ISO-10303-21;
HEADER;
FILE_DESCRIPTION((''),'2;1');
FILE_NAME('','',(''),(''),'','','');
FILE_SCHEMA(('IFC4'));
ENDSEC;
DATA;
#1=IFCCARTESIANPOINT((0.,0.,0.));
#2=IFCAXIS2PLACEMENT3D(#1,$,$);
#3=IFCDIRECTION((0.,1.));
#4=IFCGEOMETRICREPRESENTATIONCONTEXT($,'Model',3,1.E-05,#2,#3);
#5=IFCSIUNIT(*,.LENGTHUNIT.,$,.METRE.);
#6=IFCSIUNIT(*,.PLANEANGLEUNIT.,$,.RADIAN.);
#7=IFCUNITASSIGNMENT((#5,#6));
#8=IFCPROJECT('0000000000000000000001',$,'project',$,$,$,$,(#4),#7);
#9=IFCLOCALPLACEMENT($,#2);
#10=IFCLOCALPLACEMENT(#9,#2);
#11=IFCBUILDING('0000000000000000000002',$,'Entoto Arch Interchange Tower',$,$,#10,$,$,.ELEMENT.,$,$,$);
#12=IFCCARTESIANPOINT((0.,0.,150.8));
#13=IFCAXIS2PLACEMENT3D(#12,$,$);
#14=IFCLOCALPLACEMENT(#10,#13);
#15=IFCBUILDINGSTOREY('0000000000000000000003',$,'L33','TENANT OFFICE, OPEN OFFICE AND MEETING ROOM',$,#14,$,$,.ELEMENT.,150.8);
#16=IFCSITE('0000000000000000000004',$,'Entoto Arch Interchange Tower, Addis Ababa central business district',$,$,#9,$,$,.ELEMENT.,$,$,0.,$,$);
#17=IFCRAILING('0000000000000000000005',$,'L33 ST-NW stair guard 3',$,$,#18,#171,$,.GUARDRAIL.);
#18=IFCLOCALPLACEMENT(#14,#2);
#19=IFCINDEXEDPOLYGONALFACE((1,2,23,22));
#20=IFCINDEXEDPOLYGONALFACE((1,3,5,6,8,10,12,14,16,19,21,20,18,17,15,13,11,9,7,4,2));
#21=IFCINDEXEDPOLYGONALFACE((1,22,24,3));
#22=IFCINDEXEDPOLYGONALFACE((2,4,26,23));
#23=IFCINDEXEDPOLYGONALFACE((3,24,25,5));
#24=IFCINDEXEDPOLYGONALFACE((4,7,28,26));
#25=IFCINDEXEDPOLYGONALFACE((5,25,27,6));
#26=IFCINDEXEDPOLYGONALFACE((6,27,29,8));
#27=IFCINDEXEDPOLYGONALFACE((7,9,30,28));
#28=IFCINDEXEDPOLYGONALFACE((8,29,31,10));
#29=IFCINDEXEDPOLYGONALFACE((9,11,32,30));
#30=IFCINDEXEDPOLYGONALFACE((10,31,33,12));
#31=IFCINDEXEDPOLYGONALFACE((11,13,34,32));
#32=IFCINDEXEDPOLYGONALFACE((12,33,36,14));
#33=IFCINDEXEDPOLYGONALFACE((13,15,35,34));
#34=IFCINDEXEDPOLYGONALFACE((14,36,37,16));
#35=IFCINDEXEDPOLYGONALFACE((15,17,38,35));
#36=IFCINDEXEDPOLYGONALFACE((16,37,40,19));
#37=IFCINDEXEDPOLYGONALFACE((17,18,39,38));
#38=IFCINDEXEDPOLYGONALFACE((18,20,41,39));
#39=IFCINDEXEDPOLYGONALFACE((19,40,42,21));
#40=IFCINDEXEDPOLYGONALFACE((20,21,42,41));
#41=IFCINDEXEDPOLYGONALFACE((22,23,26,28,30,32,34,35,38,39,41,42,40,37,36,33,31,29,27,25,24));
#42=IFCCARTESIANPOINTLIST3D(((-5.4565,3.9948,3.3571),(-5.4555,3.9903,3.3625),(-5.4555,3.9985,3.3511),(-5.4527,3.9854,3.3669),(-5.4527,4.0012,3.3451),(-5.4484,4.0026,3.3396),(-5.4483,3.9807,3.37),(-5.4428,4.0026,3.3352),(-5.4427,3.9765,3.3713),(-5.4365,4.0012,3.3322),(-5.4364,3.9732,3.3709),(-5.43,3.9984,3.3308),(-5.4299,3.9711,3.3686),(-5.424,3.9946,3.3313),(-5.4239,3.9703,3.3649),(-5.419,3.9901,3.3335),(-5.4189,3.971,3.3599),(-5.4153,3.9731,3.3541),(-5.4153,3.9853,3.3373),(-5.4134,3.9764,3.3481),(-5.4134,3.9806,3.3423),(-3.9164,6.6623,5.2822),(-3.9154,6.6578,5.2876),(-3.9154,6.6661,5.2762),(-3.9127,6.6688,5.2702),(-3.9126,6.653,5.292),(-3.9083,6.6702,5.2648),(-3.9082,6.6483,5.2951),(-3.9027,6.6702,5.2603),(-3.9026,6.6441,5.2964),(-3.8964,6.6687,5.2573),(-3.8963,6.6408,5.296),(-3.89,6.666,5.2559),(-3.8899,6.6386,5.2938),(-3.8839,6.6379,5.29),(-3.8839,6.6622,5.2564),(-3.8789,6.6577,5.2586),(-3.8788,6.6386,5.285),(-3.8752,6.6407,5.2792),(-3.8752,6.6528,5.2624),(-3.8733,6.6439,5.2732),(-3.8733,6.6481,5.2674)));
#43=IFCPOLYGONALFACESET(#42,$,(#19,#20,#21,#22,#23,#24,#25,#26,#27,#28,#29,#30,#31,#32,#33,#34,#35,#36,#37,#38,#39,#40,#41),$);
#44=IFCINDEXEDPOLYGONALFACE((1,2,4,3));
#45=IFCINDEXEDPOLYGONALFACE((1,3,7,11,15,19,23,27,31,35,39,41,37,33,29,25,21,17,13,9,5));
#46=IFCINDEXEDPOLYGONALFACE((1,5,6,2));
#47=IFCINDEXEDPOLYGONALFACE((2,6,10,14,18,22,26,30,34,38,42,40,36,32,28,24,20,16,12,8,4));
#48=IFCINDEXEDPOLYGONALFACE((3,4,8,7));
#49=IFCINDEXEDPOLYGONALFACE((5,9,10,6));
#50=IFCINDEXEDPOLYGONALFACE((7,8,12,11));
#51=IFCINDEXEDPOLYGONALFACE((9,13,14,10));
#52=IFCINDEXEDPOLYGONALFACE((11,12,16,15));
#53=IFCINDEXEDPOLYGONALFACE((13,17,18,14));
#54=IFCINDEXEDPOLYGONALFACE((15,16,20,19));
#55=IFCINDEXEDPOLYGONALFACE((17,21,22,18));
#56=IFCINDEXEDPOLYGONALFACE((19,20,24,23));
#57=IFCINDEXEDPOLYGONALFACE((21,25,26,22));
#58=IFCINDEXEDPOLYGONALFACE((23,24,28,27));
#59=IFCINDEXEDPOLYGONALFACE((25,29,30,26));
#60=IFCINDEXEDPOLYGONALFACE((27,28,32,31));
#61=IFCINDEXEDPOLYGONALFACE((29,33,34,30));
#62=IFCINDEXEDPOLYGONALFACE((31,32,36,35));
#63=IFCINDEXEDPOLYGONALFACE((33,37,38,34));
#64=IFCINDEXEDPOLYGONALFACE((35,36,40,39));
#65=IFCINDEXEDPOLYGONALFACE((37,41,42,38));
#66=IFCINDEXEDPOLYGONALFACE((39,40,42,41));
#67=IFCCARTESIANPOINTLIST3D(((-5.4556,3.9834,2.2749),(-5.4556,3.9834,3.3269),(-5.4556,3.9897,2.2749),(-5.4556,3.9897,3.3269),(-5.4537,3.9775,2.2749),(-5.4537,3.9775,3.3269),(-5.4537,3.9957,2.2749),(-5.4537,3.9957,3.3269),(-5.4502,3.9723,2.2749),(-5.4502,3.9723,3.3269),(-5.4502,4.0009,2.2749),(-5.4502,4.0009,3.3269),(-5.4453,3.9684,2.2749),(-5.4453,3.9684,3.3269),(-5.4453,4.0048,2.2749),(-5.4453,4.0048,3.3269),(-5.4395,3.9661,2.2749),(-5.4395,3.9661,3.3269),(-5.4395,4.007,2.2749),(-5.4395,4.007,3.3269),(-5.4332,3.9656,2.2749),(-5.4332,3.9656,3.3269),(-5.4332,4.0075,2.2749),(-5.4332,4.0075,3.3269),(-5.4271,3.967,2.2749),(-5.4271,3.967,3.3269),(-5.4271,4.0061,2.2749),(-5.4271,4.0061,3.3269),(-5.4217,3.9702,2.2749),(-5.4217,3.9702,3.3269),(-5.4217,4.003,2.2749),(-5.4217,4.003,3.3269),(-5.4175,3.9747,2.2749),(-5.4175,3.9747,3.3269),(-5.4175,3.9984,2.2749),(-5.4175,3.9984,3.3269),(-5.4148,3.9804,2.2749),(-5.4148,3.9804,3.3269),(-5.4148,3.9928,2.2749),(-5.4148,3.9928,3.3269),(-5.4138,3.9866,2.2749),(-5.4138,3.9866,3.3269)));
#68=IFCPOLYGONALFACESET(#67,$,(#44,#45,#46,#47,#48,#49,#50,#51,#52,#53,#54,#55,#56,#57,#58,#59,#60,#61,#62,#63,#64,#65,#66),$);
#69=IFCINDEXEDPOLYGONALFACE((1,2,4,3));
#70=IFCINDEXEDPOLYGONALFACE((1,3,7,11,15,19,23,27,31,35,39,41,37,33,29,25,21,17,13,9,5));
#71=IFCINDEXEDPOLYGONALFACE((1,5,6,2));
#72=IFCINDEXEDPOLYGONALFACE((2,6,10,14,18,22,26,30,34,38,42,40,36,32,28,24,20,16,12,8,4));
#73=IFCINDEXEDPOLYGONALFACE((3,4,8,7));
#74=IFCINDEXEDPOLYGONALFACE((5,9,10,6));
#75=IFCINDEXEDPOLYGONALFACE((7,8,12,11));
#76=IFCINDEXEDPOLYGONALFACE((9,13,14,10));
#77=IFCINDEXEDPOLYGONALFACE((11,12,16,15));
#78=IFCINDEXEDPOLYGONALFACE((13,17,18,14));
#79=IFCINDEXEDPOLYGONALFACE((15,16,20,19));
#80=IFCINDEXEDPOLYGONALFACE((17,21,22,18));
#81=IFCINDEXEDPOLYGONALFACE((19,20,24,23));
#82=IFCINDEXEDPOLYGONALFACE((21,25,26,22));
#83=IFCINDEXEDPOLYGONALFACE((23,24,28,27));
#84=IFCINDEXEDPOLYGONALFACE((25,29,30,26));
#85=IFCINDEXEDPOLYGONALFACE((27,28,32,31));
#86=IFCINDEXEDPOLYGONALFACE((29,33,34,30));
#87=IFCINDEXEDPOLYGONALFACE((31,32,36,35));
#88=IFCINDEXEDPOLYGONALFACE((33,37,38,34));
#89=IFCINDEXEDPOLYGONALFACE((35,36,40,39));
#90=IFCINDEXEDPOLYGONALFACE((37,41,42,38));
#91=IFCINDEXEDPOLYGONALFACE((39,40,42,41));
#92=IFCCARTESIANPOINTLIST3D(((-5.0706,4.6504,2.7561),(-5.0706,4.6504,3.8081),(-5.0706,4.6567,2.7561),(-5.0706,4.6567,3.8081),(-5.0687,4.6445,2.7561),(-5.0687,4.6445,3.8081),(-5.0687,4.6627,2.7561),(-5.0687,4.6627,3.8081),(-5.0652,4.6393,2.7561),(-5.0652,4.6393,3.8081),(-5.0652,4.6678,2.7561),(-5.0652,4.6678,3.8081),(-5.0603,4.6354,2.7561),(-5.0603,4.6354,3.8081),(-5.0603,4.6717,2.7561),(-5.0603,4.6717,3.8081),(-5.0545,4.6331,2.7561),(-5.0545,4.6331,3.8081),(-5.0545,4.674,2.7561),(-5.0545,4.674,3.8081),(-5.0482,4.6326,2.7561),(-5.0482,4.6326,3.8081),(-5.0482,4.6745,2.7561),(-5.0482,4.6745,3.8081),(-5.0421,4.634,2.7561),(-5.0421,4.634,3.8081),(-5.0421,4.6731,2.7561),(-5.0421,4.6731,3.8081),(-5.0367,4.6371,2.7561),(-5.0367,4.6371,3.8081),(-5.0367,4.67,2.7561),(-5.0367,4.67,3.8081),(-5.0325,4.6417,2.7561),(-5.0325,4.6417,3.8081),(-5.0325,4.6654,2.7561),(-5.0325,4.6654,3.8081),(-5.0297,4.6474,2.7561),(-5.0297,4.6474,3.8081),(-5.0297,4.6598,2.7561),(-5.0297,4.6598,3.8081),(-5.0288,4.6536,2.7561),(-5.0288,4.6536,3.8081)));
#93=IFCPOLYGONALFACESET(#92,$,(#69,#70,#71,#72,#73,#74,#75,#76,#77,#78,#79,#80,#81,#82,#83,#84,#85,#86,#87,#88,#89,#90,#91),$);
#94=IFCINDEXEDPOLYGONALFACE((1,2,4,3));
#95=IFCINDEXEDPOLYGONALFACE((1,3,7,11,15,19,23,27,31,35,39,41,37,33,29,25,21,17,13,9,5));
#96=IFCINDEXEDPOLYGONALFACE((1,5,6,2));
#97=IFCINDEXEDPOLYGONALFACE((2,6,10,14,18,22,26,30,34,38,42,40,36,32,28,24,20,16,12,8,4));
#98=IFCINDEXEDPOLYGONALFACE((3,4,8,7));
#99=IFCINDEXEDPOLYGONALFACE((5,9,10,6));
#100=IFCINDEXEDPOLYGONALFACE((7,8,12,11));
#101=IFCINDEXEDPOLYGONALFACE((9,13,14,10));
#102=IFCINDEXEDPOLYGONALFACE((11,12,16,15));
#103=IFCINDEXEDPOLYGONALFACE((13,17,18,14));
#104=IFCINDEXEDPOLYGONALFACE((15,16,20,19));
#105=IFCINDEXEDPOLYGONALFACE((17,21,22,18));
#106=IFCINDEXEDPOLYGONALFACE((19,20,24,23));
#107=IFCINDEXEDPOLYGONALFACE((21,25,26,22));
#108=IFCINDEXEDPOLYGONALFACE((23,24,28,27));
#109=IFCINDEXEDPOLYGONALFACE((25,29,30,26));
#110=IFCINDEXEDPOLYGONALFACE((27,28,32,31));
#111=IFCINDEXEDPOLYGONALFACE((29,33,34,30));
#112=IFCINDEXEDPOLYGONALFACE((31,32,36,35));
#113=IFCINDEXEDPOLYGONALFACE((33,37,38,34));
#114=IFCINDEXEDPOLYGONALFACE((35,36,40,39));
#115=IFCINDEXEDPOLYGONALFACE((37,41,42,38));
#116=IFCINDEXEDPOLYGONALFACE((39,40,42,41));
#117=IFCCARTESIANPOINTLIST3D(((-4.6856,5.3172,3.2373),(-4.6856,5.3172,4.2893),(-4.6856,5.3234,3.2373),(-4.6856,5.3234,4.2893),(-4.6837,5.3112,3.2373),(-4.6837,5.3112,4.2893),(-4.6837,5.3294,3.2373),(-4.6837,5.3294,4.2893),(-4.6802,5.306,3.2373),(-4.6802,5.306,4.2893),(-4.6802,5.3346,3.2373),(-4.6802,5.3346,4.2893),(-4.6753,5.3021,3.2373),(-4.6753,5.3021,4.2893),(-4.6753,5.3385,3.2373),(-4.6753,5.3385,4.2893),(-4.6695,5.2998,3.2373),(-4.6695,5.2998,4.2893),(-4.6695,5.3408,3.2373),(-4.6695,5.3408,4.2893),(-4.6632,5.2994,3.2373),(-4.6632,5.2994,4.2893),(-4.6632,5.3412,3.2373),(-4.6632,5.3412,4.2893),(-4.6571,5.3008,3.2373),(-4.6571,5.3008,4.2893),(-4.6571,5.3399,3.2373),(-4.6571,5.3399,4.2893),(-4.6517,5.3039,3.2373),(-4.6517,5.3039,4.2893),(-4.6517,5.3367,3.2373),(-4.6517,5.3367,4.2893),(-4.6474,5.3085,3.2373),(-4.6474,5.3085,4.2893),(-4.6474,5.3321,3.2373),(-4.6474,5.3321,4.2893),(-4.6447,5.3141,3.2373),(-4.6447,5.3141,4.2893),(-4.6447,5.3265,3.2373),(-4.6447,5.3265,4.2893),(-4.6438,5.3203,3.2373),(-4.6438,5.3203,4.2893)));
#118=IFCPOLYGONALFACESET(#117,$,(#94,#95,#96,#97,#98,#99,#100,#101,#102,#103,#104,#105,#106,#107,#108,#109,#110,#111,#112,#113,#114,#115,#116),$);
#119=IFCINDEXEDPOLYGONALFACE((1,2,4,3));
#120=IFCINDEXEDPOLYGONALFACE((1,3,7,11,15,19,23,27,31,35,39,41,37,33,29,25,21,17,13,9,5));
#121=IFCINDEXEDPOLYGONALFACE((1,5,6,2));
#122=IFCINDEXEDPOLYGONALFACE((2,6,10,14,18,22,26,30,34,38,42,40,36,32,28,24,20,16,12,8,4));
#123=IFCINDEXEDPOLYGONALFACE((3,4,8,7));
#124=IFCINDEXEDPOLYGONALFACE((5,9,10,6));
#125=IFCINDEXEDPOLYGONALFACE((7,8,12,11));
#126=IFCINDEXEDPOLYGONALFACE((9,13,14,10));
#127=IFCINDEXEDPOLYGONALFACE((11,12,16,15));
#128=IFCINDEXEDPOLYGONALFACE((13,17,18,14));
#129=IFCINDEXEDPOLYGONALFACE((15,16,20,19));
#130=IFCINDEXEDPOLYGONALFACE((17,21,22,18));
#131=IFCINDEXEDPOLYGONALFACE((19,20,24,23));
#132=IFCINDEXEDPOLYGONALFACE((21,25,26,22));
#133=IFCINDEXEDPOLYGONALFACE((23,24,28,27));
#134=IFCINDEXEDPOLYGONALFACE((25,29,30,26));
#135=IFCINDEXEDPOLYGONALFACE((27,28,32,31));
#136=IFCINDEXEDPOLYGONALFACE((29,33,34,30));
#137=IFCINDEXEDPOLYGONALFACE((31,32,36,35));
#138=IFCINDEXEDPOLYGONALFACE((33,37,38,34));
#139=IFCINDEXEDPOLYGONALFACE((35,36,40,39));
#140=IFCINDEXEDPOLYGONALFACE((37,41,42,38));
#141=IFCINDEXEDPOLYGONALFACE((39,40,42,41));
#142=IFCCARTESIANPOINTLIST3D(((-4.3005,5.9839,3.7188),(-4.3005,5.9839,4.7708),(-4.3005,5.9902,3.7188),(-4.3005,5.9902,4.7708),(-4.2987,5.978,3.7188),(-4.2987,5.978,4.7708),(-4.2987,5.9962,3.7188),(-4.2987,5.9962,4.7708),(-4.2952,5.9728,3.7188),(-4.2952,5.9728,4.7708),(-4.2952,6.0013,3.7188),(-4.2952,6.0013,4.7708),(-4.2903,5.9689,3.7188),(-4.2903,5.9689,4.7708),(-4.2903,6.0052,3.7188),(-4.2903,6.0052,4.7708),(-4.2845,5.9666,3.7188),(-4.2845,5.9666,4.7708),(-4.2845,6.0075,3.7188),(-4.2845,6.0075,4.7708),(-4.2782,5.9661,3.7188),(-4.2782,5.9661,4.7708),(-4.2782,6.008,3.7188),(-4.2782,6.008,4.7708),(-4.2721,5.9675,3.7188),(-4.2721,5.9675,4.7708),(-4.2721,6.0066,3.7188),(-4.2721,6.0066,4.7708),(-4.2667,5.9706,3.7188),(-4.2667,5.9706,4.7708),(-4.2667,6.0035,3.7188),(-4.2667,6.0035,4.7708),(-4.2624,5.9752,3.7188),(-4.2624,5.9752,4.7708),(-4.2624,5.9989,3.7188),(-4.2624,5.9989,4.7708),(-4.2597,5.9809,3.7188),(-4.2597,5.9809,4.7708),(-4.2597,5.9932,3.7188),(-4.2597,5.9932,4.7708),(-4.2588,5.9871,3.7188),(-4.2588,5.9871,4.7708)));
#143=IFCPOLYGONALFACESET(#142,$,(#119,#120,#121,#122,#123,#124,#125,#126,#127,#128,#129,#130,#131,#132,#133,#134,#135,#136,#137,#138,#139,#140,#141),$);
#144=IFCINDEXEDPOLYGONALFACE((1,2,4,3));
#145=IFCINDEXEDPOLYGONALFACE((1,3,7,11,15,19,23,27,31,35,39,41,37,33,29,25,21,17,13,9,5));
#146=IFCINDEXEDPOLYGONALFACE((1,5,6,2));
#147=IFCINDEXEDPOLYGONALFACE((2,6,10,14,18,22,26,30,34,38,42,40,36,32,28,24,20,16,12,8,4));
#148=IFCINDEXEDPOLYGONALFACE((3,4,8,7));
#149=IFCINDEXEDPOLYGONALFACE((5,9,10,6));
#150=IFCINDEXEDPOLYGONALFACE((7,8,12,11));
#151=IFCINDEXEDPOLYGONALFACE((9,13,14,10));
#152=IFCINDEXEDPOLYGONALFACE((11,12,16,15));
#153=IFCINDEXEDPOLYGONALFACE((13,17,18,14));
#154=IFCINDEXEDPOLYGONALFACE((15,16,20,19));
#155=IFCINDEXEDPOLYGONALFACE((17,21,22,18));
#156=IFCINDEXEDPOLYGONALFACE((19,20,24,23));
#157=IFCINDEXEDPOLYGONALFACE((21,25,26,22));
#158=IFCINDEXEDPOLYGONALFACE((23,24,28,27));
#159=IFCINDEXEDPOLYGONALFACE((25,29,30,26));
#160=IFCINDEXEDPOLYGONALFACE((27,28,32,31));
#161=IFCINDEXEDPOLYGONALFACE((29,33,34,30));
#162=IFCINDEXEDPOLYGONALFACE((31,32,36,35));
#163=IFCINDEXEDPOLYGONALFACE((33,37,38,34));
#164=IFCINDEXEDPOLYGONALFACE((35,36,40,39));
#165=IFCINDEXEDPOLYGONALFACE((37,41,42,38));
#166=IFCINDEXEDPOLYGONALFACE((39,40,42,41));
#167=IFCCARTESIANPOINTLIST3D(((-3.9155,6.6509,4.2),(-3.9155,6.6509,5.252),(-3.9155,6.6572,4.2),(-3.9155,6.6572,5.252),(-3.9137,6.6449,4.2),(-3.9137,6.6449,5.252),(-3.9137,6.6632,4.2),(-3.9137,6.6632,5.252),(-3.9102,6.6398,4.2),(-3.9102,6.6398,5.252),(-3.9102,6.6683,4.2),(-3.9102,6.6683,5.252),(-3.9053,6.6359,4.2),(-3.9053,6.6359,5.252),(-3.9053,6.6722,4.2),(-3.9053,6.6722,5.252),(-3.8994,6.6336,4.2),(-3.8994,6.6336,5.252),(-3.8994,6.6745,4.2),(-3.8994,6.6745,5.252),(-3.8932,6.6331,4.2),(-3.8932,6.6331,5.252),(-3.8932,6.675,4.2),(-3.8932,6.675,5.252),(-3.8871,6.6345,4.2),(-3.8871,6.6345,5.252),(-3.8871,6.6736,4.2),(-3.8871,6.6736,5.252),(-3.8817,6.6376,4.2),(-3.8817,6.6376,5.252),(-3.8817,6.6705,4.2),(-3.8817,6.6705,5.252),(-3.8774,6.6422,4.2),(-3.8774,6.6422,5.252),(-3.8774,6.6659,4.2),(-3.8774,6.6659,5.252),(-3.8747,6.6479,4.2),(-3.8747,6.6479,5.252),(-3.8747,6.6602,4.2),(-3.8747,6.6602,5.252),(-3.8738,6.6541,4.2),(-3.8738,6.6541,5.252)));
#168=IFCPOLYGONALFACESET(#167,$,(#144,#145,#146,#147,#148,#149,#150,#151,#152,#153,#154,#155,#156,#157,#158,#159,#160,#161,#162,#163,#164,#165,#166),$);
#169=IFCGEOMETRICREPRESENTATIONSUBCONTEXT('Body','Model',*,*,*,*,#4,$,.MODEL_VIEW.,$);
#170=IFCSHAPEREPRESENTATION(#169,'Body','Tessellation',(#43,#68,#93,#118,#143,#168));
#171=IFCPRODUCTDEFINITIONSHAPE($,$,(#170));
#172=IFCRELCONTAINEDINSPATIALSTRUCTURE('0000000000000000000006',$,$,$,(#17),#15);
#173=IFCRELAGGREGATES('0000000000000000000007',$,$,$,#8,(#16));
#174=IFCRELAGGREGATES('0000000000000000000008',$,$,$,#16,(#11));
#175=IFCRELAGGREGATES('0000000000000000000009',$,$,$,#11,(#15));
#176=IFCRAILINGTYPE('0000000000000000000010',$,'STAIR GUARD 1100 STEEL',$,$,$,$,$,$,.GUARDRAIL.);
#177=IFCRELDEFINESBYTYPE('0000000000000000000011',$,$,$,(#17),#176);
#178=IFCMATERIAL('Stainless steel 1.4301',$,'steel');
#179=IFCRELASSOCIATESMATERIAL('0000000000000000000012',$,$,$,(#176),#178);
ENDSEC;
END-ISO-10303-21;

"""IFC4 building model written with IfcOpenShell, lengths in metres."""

from ifc_helpers import new_model, si_unit, direction, frame, origin, origin_2d, place, context, subcontext, project, spatial, circle, extrude, material, type_object, element, save


model = new_model("IFC4")

# Units and contexts
model_context = context("Model", 3, precision=1e-05, world=origin(), true_north=direction((0.0, 1.0)))
body_context = subcontext(model_context, "Body", "Model", "MODEL_VIEW")
ifc_project = project(units=[si_unit("LENGTHUNIT", "METRE"), si_unit("PLANEANGLEUNIT", "RADIAN")], contexts=[model_context])

# Site, building, storey
site_placement = place(None, origin())
site = spatial("IfcSite", under=ifc_project, at=site_placement, Name="Entoto Arch Interchange Tower, Addis Ababa central business district", CompositionType="ELEMENT", RefElevation=0.0)
building_placement = place(site_placement, origin())
building = spatial("IfcBuilding", under=site, at=building_placement, Name="Entoto Arch Interchange Tower", CompositionType="ELEMENT")
storey_placement = place(building_placement, frame((0.0, 0.0, 150.8)))
storey = spatial("IfcBuildingStorey", under=building, at=storey_placement, Name="L33", Description="TENANT OFFICE, OPEN OFFICE AND MEETING ROOM", CompositionType="ELEMENT", Elevation=150.8)

# Railing
ifc_material_1 = material(Name="Stainless steel 1.4301", Category="steel")
railing_type_1 = type_object("IfcRailingType", Name="STAIR GUARD 1100 STEEL", PredefinedType="GUARDRAIL", material=ifc_material_1)
railing_1_placement = place(storey_placement, frame((-5.4348, 3.9866, 2.2749)))
element("IfcRailing", 1, at=railing_1_placement, inside=storey, type_object=railing_type_1, Name="L33 ST-NW stair guard 3", PredefinedType="GUARDRAIL", context=body_context, shape_type="SweptSolid", body=[
    extrude(circle(Radius=0.0239, at=origin_2d()), frame((0.0, 0.0, 1.0762), z_axis=(0.423994, 0.734395, 0.529993), x_axis=(-0.86603, 0.499992, 0.0)), (0.0, 0.0, 1.0), 3.6323),
    extrude(circle(Radius=0.021, at=origin_2d()), origin(), (0.0, 0.0, 1.0), 1.052),
    extrude(circle(Radius=0.021, at=origin_2d()), frame((0.385, 0.667, 0.4812)), (0.0, 0.0, 1.0), 1.052),
    extrude(circle(Radius=0.021, at=origin_2d()), frame((0.77, 1.3337, 0.9624)), (0.0, 0.0, 1.0), 1.052),
    extrude(circle(Radius=0.021, at=origin_2d()), frame((1.155, 2.0005, 1.4438)), (0.0, 0.0, 1.0), 1.052),
    extrude(circle(Radius=0.021, at=origin_2d()), frame((1.54, 2.6675, 1.925)), (0.0, 0.0, 1.0), 1.052),
])

save(model, "model.ifc")
